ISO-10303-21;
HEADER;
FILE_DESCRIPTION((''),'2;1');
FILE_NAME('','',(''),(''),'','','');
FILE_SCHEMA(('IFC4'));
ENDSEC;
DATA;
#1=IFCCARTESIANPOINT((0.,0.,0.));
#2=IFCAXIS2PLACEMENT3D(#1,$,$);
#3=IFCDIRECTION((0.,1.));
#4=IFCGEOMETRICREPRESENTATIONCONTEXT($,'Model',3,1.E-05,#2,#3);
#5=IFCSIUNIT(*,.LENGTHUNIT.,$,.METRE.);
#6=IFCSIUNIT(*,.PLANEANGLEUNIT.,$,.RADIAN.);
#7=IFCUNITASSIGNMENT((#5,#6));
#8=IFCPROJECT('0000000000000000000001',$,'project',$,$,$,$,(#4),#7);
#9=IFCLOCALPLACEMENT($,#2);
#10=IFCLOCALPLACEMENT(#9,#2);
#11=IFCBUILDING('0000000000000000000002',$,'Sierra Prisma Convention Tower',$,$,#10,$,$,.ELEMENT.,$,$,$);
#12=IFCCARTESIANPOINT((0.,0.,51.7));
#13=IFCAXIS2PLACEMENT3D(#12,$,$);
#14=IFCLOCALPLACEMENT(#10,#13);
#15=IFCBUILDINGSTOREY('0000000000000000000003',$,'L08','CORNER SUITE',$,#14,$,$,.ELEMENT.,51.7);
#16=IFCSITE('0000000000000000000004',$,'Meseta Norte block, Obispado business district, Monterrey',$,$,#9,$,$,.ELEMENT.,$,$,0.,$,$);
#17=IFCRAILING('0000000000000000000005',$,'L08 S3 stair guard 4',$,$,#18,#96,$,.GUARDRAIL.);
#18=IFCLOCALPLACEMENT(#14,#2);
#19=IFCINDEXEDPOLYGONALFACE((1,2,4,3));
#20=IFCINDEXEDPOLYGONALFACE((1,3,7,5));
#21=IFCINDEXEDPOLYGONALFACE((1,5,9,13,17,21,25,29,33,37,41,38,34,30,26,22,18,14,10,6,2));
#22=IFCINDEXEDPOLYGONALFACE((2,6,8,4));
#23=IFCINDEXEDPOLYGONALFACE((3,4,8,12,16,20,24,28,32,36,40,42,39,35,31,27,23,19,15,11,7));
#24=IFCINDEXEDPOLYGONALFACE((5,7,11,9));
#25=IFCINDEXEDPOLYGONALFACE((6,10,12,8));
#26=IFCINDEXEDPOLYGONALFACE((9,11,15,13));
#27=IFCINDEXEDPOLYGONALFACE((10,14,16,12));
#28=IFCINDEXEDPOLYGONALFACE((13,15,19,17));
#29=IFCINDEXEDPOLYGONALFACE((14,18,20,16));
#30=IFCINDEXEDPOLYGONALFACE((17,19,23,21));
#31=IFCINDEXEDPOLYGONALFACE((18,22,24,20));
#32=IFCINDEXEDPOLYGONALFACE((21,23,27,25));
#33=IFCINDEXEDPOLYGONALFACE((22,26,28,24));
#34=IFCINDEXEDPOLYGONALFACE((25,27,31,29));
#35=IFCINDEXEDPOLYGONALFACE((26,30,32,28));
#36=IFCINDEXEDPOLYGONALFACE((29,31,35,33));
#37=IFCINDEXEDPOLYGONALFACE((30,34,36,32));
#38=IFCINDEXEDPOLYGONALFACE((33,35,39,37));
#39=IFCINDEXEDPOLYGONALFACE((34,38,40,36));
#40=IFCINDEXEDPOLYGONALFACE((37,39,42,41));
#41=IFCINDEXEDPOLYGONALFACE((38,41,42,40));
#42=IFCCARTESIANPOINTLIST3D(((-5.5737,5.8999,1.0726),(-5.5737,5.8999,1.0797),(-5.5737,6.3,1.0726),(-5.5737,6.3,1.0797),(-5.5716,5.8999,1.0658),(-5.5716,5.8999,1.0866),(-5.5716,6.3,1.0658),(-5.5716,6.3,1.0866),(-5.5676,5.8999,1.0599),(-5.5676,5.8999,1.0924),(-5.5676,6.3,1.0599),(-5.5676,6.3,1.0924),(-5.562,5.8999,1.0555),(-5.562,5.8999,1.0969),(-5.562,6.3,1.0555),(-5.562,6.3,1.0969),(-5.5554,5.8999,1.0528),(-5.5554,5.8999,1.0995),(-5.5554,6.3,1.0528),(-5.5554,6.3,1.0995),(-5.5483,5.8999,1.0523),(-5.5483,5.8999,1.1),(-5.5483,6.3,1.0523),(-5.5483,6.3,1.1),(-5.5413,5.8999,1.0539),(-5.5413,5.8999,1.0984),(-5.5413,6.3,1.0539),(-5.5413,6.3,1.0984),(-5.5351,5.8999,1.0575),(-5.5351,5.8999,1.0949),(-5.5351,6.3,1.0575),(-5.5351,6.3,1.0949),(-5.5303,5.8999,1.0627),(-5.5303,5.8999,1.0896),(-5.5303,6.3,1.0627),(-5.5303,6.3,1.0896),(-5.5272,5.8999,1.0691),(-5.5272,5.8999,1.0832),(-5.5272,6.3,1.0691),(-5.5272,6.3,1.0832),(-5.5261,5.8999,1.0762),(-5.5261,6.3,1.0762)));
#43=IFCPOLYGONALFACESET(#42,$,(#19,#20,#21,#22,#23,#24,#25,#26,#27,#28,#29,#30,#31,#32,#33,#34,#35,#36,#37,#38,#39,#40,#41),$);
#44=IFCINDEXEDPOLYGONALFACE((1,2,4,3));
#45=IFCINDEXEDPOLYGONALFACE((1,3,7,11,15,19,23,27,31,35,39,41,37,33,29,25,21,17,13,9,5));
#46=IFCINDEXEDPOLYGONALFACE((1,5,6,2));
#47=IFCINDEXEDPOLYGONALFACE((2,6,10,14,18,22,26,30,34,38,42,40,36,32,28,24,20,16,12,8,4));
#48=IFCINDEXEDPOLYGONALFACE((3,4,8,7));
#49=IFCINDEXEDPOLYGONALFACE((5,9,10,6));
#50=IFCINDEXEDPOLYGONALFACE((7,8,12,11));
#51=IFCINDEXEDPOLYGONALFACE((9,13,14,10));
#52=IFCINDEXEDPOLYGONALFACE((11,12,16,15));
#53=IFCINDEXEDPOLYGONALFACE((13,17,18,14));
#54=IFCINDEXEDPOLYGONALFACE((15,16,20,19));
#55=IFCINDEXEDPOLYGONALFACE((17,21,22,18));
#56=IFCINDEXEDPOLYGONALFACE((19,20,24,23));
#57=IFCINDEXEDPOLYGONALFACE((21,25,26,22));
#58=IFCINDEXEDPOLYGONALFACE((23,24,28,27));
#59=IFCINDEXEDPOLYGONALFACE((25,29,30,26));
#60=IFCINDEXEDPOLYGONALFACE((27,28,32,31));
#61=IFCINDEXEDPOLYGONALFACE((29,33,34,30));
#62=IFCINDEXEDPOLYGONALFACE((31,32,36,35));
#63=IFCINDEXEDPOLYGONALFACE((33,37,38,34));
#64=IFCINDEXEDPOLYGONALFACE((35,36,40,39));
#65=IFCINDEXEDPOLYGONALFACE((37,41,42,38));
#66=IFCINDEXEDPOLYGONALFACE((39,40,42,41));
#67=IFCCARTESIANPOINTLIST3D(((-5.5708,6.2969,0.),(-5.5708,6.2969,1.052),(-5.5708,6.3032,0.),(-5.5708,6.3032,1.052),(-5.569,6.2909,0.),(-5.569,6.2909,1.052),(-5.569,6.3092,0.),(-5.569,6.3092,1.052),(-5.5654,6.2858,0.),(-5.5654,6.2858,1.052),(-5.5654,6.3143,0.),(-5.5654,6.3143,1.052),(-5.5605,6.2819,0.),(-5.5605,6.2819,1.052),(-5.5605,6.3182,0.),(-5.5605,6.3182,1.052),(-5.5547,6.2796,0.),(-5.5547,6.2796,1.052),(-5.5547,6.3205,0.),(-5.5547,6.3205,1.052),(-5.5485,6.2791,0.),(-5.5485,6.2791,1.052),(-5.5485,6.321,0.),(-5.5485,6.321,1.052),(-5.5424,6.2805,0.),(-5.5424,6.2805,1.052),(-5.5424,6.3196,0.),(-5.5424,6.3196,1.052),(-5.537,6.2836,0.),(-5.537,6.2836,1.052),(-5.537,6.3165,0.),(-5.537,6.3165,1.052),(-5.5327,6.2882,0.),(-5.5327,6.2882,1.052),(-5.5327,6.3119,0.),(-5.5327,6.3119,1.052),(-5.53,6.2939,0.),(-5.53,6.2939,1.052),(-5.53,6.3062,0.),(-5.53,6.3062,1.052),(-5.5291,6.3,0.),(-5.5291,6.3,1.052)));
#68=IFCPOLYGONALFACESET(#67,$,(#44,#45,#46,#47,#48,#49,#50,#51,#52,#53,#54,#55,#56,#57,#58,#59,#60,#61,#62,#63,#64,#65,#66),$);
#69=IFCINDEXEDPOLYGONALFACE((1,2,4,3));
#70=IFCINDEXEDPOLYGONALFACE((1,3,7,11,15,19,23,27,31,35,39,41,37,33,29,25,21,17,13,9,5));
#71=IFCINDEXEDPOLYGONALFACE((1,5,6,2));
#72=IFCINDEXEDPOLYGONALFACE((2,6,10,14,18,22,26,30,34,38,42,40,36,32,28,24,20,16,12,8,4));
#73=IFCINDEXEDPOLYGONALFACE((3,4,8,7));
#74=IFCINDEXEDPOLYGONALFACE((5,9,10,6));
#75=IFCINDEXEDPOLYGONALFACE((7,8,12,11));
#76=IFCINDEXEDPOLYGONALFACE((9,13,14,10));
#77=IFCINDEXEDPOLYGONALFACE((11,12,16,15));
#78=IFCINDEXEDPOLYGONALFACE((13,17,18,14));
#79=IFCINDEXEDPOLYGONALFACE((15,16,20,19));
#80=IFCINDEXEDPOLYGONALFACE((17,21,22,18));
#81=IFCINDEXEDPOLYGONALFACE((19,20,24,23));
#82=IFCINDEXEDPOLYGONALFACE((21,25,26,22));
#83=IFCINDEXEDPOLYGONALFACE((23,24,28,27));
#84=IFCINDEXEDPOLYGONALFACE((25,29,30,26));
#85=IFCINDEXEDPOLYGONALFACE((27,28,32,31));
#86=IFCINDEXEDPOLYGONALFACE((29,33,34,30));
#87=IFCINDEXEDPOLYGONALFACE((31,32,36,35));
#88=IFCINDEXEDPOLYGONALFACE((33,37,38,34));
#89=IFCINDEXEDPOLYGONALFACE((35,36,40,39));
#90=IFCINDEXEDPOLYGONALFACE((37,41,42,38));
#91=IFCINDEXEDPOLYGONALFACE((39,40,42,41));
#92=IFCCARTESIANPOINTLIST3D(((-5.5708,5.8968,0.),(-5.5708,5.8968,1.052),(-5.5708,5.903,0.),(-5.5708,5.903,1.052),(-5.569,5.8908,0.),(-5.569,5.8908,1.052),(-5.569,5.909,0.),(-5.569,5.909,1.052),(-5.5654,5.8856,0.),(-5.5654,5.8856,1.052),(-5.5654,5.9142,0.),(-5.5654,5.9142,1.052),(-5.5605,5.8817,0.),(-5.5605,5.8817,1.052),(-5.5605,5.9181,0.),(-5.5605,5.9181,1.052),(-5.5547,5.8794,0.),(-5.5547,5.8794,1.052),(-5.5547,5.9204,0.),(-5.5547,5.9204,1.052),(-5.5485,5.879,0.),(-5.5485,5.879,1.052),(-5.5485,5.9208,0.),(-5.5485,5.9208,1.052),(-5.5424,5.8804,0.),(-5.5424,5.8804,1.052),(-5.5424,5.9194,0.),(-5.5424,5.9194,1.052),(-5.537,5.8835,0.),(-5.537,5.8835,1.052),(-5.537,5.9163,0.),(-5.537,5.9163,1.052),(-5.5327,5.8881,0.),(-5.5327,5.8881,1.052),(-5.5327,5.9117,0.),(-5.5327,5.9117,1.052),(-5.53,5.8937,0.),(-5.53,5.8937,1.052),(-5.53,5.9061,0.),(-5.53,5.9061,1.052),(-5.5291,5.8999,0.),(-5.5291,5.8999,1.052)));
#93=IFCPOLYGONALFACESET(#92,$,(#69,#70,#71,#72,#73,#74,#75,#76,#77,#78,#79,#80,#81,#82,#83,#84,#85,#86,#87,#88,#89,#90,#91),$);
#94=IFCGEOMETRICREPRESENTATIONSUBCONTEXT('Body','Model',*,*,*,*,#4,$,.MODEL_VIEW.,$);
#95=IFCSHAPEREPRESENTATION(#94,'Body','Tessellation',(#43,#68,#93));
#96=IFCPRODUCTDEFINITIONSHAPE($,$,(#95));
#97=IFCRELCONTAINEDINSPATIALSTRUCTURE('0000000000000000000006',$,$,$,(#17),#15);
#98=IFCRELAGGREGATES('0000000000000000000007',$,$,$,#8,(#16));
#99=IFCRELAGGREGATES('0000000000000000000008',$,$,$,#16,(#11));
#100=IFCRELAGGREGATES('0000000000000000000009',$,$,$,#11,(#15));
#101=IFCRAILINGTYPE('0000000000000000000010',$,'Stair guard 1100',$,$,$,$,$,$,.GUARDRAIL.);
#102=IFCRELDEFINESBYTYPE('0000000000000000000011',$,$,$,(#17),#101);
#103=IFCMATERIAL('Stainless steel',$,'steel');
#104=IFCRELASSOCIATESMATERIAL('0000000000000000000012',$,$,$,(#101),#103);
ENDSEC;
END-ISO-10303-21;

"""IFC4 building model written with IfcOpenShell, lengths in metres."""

from ifc_helpers import new_model, si_unit, direction, frame, origin, origin_2d, place, context, subcontext, project, spatial, circle, extrude, material, type_object, element, save


model = new_model("IFC4")

# Units and contexts
model_context = context("Model", 3, precision=1e-05, world=origin(), true_north=direction((0.0, 1.0)))
body_context = subcontext(model_context, "Body", "Model", "MODEL_VIEW")
ifc_project = project(units=[si_unit("LENGTHUNIT", "METRE"), si_unit("PLANEANGLEUNIT", "RADIAN")], contexts=[model_context])

# Site, building, storey
site_placement = place(None, origin())
site = spatial("IfcSite", under=ifc_project, at=site_placement, Name="Meseta Norte block, Obispado business district, Monterrey", CompositionType="ELEMENT", RefElevation=0.0)
building_placement = place(site_placement, origin())
building = spatial("IfcBuilding", under=site, at=building_placement, Name="Sierra Prisma Convention Tower", CompositionType="ELEMENT")
storey_placement = place(building_placement, frame((0.0, 0.0, 51.7)))
storey = spatial("IfcBuildingStorey", under=building, at=storey_placement, Name="L08", Description="CORNER SUITE", CompositionType="ELEMENT", Elevation=51.7)

# Railing
ifc_material_1 = material(Name="Stainless steel", Category="steel")
railing_type_1 = type_object("IfcRailingType", Name="Stair guard 1100", PredefinedType="GUARDRAIL", material=ifc_material_1)
railing_1_placement = place(storey_placement, frame((-5.55, 6.3, 0.0)))
element("IfcRailing", 1, at=railing_1_placement, inside=storey, type_object=railing_type_1, Name="L08 S3 stair guard 4", PredefinedType="GUARDRAIL", context=body_context, shape_type="SweptSolid", body=[
    extrude(circle(Radius=0.0239, at=origin_2d()), frame((0.0, 0.0, 1.0762), z_axis=(0.0, -1.0, 0.0), x_axis=(1.0, 0.0, 0.0)), (0.0, 0.0, 1.0), 0.4001),
    extrude(circle(Radius=0.021, at=origin_2d()), origin(), (0.0, 0.0, 1.0), 1.052),
    extrude(circle(Radius=0.021, at=origin_2d()), frame((0.0, -0.4001, 0.0)), (0.0, 0.0, 1.0), 1.052),
])

save(model, "model.ifc")
